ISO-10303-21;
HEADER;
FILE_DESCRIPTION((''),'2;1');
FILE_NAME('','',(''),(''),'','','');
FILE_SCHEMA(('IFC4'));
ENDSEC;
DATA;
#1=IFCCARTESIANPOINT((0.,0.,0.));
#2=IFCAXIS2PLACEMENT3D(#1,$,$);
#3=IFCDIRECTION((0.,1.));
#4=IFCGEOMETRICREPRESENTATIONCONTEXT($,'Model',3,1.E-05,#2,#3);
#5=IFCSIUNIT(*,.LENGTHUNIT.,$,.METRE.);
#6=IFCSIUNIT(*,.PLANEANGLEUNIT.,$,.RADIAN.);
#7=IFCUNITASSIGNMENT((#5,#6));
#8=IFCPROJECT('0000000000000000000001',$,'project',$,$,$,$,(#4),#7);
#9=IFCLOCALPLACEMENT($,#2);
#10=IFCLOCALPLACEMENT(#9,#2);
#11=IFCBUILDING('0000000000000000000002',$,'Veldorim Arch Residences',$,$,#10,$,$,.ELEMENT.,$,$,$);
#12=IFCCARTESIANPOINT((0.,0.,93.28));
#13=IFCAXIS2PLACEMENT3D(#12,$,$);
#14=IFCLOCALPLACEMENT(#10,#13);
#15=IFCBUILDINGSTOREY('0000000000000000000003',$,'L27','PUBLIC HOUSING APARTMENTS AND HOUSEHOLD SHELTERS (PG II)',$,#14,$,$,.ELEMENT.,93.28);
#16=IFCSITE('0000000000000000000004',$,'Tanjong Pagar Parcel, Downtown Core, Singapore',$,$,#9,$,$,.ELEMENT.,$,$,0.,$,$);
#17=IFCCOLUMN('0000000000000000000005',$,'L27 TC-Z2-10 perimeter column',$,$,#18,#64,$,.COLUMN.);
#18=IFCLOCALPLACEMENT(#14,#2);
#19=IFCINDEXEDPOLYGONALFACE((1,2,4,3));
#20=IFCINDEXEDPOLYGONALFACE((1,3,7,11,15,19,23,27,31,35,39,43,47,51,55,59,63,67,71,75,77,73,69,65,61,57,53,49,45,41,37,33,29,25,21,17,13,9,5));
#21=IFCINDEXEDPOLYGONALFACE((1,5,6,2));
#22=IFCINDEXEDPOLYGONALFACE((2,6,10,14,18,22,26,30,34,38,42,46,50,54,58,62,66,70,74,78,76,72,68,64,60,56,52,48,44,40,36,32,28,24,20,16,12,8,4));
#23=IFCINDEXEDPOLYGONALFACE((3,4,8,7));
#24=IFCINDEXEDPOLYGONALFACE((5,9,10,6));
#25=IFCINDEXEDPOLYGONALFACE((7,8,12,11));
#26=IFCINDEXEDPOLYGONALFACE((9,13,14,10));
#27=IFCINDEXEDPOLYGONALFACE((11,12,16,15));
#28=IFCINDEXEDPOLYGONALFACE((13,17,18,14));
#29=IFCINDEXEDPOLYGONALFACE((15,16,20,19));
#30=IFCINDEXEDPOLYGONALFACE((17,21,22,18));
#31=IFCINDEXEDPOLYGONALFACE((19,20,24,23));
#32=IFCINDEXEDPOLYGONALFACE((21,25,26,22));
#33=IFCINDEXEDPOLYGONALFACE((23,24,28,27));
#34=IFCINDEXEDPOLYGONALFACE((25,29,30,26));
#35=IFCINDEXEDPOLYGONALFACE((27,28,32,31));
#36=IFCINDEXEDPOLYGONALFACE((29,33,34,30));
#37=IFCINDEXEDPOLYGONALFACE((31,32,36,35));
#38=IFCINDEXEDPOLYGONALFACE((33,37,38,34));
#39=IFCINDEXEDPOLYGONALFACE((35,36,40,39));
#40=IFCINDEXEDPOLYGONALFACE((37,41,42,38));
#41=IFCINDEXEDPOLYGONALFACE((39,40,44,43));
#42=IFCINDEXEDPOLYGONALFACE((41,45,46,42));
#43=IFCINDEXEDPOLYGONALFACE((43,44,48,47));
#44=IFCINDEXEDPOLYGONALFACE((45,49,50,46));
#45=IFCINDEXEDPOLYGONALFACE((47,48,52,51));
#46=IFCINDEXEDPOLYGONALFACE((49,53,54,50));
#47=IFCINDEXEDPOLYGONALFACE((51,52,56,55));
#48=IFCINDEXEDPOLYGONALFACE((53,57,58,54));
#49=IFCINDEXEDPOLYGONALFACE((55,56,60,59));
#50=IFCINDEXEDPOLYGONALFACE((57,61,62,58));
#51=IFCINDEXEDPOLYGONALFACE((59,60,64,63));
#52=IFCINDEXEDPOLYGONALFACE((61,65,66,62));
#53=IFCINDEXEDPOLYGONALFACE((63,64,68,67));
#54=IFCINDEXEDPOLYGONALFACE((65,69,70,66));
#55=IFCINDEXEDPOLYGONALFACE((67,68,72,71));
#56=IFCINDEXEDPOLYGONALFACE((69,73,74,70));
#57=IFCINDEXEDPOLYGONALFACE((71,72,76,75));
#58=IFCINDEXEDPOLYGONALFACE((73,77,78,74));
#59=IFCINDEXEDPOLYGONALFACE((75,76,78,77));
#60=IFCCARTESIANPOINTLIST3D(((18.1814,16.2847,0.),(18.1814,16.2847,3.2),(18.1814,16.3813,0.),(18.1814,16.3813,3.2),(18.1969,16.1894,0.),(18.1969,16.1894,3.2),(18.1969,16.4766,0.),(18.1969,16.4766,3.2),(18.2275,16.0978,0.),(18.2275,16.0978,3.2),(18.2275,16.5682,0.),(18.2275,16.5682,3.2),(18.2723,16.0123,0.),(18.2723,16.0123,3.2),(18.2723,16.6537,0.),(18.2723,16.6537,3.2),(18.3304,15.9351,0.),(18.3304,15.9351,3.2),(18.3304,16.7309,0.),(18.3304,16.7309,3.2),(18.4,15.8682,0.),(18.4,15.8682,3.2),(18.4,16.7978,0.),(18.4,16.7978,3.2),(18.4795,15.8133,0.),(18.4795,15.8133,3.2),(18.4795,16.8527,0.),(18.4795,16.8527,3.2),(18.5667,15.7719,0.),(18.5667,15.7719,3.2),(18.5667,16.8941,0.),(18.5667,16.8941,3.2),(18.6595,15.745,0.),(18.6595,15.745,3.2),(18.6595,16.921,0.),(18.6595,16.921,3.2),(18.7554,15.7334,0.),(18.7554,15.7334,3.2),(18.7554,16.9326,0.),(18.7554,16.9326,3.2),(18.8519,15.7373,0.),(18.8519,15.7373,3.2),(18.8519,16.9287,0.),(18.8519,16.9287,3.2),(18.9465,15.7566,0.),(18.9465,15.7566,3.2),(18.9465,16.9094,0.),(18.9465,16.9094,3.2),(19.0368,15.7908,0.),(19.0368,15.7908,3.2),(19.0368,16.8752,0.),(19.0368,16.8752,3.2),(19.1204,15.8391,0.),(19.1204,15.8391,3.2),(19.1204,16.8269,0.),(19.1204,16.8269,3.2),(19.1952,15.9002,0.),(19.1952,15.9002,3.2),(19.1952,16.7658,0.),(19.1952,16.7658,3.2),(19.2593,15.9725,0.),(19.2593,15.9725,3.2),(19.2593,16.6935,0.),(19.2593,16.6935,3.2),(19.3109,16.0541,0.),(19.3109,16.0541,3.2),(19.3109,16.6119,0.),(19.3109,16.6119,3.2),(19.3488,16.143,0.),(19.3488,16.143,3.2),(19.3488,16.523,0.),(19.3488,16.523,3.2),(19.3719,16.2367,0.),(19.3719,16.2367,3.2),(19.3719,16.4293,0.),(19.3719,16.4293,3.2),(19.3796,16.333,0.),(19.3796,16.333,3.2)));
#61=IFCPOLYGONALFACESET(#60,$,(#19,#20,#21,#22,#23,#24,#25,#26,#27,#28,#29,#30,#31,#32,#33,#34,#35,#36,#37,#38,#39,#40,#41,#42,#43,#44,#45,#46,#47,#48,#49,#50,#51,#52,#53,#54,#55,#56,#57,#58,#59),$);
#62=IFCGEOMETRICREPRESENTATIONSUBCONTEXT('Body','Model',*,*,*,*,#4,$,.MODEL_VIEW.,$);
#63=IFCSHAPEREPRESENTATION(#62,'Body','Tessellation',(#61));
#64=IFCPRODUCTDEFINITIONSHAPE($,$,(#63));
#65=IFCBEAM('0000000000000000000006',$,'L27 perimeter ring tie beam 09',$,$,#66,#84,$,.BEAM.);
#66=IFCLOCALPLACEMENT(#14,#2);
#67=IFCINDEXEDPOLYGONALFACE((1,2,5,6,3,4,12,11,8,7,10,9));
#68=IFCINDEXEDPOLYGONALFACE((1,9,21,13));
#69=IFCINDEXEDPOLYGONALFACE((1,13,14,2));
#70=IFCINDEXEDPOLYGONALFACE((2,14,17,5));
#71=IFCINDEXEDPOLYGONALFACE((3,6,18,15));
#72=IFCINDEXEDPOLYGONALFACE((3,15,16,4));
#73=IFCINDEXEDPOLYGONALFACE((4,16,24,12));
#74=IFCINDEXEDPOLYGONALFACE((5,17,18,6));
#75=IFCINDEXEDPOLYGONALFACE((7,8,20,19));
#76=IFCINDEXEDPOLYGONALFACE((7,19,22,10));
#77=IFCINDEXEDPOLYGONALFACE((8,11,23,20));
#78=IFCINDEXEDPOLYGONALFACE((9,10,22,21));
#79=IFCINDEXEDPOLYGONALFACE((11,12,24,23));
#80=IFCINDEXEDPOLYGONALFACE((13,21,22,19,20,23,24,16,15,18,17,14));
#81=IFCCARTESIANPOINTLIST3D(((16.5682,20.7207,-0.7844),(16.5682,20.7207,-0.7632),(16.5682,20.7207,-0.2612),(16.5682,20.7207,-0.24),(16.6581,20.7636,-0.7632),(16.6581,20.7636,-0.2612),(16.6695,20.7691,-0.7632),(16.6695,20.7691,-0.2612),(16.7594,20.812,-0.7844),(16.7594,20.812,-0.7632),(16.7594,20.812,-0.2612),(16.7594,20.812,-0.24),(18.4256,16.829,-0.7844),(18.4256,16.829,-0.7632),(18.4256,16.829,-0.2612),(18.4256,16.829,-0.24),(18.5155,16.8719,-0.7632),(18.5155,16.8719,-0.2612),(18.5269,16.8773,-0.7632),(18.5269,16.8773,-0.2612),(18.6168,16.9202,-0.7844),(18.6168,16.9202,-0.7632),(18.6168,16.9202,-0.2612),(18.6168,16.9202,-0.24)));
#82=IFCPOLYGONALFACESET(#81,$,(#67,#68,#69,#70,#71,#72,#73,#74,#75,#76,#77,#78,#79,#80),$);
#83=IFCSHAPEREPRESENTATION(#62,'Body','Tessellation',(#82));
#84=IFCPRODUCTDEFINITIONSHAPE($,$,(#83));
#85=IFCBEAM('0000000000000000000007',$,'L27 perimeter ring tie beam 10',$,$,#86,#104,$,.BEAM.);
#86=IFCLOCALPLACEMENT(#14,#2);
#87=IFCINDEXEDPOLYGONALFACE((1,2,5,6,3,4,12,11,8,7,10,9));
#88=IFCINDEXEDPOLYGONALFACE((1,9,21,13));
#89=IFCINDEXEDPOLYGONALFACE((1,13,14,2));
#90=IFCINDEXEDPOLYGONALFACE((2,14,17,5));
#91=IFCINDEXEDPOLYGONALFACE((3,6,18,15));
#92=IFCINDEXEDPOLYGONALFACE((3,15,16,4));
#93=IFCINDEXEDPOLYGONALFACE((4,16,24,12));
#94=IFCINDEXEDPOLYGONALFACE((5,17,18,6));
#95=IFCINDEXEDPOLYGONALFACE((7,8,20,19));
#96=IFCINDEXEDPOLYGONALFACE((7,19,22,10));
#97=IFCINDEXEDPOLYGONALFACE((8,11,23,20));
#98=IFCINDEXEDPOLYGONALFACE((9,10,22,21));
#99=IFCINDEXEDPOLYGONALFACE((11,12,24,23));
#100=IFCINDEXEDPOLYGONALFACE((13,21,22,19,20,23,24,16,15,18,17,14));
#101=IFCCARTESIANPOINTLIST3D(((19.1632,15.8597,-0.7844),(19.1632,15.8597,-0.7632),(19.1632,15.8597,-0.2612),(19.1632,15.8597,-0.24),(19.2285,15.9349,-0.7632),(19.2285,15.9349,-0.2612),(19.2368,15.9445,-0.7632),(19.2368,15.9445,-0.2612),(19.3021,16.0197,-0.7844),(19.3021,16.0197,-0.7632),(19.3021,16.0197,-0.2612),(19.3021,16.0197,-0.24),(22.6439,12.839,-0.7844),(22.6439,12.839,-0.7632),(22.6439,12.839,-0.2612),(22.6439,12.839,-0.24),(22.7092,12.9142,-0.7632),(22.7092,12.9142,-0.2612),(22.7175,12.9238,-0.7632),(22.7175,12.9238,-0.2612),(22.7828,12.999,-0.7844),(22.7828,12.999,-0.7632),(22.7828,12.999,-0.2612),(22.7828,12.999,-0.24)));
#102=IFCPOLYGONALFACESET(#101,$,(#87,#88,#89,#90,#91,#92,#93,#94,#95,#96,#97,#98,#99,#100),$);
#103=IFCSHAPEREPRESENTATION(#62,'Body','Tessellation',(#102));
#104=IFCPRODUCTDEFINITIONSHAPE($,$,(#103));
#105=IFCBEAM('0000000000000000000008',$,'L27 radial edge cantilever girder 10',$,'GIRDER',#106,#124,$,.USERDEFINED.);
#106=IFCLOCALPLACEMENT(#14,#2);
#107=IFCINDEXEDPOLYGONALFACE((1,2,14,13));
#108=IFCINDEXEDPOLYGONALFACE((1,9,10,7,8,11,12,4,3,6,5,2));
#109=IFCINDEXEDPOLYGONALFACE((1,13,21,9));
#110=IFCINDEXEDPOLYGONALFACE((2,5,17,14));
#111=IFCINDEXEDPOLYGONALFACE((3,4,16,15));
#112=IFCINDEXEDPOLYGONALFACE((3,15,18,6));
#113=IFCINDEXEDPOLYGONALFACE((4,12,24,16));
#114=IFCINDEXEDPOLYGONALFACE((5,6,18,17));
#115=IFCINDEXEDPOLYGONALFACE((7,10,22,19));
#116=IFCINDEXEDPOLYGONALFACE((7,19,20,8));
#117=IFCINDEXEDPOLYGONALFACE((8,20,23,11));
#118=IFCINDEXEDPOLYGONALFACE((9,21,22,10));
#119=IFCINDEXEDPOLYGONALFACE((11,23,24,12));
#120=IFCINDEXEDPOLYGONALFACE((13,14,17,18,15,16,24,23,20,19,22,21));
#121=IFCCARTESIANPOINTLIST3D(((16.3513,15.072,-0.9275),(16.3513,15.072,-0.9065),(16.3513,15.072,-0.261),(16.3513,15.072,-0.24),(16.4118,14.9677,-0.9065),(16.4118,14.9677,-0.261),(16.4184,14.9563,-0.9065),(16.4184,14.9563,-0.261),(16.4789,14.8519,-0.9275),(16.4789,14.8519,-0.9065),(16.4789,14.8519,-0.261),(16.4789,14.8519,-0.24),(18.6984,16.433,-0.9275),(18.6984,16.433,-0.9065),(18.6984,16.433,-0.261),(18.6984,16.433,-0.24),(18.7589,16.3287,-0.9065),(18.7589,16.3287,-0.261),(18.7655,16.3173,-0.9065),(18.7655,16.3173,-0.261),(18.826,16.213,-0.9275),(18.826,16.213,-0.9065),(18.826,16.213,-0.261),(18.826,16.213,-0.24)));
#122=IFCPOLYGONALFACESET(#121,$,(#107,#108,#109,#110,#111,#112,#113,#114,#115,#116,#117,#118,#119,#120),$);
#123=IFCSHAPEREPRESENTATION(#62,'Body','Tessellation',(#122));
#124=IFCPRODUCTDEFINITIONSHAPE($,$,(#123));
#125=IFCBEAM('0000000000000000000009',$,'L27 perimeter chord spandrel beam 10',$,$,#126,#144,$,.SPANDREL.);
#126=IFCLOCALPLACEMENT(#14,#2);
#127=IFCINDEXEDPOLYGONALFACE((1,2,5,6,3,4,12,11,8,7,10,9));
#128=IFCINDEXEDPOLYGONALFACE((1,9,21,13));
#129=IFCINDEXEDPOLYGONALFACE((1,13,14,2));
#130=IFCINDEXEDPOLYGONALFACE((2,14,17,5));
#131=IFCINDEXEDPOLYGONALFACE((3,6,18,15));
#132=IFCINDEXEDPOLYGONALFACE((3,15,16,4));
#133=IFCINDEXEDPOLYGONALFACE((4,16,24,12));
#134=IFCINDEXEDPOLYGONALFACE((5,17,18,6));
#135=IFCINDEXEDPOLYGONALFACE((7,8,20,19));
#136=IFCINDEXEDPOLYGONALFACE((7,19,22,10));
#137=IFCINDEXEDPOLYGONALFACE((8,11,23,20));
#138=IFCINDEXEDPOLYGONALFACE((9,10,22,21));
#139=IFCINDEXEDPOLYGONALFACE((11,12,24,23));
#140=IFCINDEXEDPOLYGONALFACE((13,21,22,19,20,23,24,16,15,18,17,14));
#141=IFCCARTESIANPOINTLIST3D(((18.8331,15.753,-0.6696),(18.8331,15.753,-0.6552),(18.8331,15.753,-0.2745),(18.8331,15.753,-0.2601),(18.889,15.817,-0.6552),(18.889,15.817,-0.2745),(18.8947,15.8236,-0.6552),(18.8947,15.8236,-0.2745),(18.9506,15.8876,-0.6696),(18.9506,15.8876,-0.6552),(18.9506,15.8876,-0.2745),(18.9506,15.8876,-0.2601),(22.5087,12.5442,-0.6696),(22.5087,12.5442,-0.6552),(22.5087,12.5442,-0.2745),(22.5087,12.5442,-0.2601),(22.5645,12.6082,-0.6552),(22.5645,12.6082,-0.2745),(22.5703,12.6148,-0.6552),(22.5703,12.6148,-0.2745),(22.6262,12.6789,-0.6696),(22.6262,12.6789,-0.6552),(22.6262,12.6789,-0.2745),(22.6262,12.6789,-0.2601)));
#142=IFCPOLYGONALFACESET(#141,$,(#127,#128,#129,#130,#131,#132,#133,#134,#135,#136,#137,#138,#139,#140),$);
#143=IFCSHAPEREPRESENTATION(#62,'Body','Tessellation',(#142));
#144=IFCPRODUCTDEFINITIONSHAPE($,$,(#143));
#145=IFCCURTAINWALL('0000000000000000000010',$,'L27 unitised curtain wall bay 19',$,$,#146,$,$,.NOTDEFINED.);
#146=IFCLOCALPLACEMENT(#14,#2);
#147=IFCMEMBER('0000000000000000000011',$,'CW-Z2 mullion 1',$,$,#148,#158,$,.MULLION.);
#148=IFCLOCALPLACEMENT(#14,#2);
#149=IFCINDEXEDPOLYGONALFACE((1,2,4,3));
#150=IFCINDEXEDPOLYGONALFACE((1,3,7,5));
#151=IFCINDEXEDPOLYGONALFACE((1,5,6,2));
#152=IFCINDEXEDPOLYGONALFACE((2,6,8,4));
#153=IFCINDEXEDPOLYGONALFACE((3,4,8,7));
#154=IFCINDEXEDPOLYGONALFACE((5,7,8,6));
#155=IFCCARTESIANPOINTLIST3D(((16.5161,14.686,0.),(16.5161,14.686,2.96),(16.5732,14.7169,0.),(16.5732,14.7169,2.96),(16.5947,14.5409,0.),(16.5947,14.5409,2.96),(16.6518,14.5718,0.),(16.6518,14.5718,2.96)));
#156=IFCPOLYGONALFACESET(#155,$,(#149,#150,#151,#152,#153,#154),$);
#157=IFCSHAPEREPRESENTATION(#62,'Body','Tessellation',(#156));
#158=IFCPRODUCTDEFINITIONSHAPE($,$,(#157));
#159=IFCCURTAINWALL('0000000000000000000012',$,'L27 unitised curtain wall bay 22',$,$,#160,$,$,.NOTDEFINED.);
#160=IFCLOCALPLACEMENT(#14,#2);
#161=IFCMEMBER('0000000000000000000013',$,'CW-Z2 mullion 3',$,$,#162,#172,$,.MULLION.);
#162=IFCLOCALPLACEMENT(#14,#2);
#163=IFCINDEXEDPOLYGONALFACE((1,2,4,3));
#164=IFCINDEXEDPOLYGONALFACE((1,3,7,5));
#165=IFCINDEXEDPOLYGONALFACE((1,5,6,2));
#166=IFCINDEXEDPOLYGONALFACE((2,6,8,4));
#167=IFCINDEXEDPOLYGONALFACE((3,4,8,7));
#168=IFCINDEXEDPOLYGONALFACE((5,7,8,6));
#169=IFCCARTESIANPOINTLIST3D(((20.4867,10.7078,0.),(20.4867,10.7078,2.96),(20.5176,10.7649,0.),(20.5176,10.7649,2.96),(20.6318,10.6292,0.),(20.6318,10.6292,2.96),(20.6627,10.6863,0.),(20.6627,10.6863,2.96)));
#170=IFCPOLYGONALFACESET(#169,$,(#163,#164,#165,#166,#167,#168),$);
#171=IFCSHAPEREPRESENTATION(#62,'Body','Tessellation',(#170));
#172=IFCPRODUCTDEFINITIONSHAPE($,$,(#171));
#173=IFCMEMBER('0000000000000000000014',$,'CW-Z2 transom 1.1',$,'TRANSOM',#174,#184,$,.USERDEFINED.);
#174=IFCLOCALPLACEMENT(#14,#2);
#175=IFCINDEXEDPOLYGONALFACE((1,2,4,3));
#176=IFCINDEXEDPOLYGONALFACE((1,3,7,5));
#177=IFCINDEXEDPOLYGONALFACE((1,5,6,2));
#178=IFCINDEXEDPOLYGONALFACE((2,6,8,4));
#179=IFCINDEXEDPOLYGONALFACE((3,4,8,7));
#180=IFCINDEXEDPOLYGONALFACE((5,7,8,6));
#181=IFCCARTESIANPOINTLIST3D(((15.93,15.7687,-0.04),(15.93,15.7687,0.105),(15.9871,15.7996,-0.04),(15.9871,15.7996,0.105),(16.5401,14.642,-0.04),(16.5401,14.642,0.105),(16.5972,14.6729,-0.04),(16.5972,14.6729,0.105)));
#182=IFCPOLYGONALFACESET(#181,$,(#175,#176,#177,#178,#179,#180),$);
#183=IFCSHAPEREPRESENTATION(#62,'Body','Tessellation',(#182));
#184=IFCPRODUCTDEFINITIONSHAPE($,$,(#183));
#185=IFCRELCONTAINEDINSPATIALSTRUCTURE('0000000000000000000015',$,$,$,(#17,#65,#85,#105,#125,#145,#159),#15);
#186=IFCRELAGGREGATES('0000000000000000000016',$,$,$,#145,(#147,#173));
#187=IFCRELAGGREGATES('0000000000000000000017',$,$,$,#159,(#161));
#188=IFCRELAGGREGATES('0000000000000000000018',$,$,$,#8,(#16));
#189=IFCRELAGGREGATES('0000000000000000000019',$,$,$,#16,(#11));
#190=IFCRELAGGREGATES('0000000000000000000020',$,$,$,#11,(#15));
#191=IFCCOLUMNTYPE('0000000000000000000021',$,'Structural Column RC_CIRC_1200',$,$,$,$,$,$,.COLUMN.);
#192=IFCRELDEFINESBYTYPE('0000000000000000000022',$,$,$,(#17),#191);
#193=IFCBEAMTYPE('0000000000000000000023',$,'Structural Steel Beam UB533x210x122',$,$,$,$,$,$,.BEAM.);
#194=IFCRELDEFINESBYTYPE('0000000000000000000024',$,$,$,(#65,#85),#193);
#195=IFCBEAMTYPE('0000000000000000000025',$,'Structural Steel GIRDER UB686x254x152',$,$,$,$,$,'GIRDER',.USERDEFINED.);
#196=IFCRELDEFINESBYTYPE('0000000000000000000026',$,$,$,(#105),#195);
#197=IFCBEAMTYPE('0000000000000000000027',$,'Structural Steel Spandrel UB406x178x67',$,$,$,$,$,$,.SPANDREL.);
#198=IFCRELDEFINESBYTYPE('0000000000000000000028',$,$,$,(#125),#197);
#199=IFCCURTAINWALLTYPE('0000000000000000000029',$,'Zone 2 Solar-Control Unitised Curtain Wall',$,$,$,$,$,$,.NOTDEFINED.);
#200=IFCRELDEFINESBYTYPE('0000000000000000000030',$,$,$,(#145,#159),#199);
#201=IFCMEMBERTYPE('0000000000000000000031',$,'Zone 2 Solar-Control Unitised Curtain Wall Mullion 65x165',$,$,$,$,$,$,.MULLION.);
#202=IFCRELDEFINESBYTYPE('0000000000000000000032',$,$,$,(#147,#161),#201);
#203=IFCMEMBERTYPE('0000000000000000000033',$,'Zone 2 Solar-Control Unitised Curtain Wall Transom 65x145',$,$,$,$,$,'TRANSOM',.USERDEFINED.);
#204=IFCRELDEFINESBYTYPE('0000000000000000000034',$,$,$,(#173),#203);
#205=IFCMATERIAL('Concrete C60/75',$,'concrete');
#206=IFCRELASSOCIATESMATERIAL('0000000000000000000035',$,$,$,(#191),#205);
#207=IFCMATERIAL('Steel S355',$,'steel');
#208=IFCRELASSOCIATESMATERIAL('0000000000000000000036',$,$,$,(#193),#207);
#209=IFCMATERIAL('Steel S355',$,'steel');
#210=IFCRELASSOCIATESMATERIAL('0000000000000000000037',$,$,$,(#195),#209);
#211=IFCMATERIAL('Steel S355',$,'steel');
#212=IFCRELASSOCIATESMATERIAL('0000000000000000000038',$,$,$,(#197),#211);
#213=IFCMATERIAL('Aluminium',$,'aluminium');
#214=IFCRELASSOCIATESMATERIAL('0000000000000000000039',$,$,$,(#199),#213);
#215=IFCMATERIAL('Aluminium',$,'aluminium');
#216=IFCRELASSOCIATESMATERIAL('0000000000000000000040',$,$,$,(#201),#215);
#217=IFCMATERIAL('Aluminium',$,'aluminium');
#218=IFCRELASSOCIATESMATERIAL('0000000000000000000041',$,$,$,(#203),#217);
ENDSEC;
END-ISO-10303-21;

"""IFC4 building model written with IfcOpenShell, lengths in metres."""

from ifc_helpers import new_model, si_unit, direction, frame, origin, origin_2d, place, context, subcontext, project, spatial, rectangle, circle, i_section, extrude, material, material_profile, profile_set, type_object, element, aggregate, save


model = new_model("IFC4")

# Units and contexts
model_context = context("Model", 3, precision=1e-05, world=origin(), true_north=direction((0.0, 1.0)))
body_context = subcontext(model_context, "Body", "Model", "MODEL_VIEW")
ifc_project = project(units=[si_unit("LENGTHUNIT", "METRE"), si_unit("PLANEANGLEUNIT", "RADIAN")], contexts=[model_context])

# Site, building, storey
site_placement = place(None, origin())
site = spatial("IfcSite", under=ifc_project, at=site_placement, Name="Tanjong Pagar Parcel, Downtown Core, Singapore", CompositionType="ELEMENT", RefElevation=0.0)
building_placement = place(site_placement, origin())
building = spatial("IfcBuilding", under=site, at=building_placement, Name="Veldorim Arch Residences", CompositionType="ELEMENT")
storey_placement = place(building_placement, frame((0.0, 0.0, 93.28)))
storey = spatial("IfcBuildingStorey", under=building, at=storey_placement, Name="L27", Description="PUBLIC HOUSING APARTMENTS AND HOUSEHOLD SHELTERS (PG II)", CompositionType="ELEMENT", Elevation=93.28)

# Column
ifc_material_1 = material(Name="Concrete C60/75", Category="concrete")
ifc_material_profile_1 = material_profile(ifc_material_1, circle(Radius=0.6001, at=origin_2d()), Name="RC_CIRC_1200")
ifc_profile_set_1 = profile_set([ifc_material_profile_1], Name="Concrete C60/75")
column_type = type_object("IfcColumnType", Name="Structural Column RC_CIRC_1200", PredefinedType="COLUMN", material=ifc_profile_set_1)
column_placement = place(storey_placement, frame((18.7795, 16.333, 0.0), z_axis=(0.0, 0.0, 1.0), x_axis=(1.0, 0.0, 0.0)))
element("IfcColumn", 1, at=column_placement, inside=storey, type_object=column_type, Name="L27 TC-Z2-10 perimeter column", PredefinedType="COLUMN", context=body_context, shape_type="SweptSolid", body=[
    extrude(circle(Radius=0.6001, at=origin_2d()), origin(), (0.0, 0.0, 1.0), 3.2),
])

# Beams
ifc_material_2 = material(Name="Steel S355", Category="steel")
ifc_material_profile_2 = material_profile(ifc_material_2, i_section(OverallWidth=0.2119, OverallDepth=0.5444, WebThickness=0.0127, FlangeThickness=0.0212, at=origin_2d()), Name="UB533x210x122")
ifc_profile_set_2 = profile_set([ifc_material_profile_2], Name="Steel S355")
beam_type_1 = type_object("IfcBeamType", Name="Structural Steel Beam UB533x210x122", PredefinedType="BEAM", material=ifc_profile_set_2)
beam_1_placement = place(storey_placement, frame((16.6638, 20.7664, -0.5122), z_axis=(0.43072, -0.902486, 0.0), x_axis=(0.902486, 0.43072, 0.0)))
element("IfcBeam", 2, at=beam_1_placement, inside=storey, type_object=beam_type_1, Name="L27 perimeter ring tie beam 09", PredefinedType="BEAM", context=body_context, shape_type="SweptSolid", body=[
    extrude(i_section(OverallWidth=0.2119, OverallDepth=0.5444, WebThickness=0.0127, FlangeThickness=0.0212, at=origin_2d()), origin(), (0.0, 0.0, 1.0), 4.3123),
])
beam_2_placement = place(storey_placement, frame((19.2327, 15.9397, -0.5122), z_axis=(0.755245, -0.655443, 0.0), x_axis=(0.655443, 0.755245, 0.0)))
element("IfcBeam", 3, at=beam_2_placement, inside=storey, type_object=beam_type_1, Name="L27 perimeter ring tie beam 10", PredefinedType="BEAM", context=body_context, shape_type="SweptSolid", body=[
    extrude(i_section(OverallWidth=0.2119, OverallDepth=0.5444, WebThickness=0.0127, FlangeThickness=0.0212, at=origin_2d()), origin(), (0.0, 0.0, 1.0), 4.6086),
])
ifc_material_3 = material(Name="Steel S355", Category="steel")
ifc_material_profile_3 = material_profile(ifc_material_3, i_section(OverallWidth=0.2544, OverallDepth=0.6875, WebThickness=0.0132, FlangeThickness=0.021, at=origin_2d()), Name="UB686x254x152")
ifc_profile_set_3 = profile_set([ifc_material_profile_3], Name="Steel S355")
beam_type_2 = type_object("IfcBeamType", Name="Structural Steel GIRDER UB686x254x152", ElementType="GIRDER", PredefinedType="USERDEFINED", material=ifc_profile_set_3)
beam_3_placement = place(storey_placement, frame((18.7622, 16.323, -0.5837), z_axis=(-0.865075, -0.501643, 0.0), x_axis=(0.501643, -0.865075, 0.0)))
element("IfcBeam", 4, at=beam_3_placement, inside=storey, type_object=beam_type_2, Name="L27 radial edge cantilever girder 10", ObjectType="GIRDER", PredefinedType="USERDEFINED", context=body_context, shape_type="SweptSolid", body=[
    extrude(i_section(OverallWidth=0.2544, OverallDepth=0.6875, WebThickness=0.0132, FlangeThickness=0.021, at=origin_2d()), origin(), (0.0, 0.0, 1.0), 2.7131),
])
ifc_material_4 = material(Name="Steel S355", Category="steel")
ifc_material_profile_4 = material_profile(ifc_material_4, i_section(OverallWidth=0.1787, OverallDepth=0.4094, WebThickness=0.0088, FlangeThickness=0.0144, at=origin_2d()), Name="UB406x178x67")
ifc_profile_set_4 = profile_set([ifc_material_profile_4], Name="Steel S355")
beam_type_3 = type_object("IfcBeamType", Name="Structural Steel Spandrel UB406x178x67", PredefinedType="SPANDREL", material=ifc_profile_set_4)
beam_4_placement = place(storey_placement, frame((18.8918, 15.8203, -0.4648), z_axis=(0.753323, -0.65765, 0.0), x_axis=(0.65765, 0.753323, 0.0)))
element("IfcBeam", 5, at=beam_4_placement, inside=storey, type_object=beam_type_3, Name="L27 perimeter chord spandrel beam 10", PredefinedType="SPANDREL", context=body_context, shape_type="SweptSolid", body=[
    extrude(i_section(OverallWidth=0.1787, OverallDepth=0.4094, WebThickness=0.0088, FlangeThickness=0.0144, at=origin_2d()), origin(), (0.0, 0.0, 1.0), 4.8792),
])

# Curtain walls, members
ifc_material_5 = material(Name="Aluminium", Category="aluminium")
curtain_wall_type = type_object("IfcCurtainWallType", Name="Zone 2 Solar-Control Unitised Curtain Wall", PredefinedType="NOTDEFINED", material=ifc_material_5)
curtain_wall_1_placement = place(storey_placement, origin())
curtain_wall_1 = element("IfcCurtainWall", 6, at=curtain_wall_1_placement, inside=storey, type_object=curtain_wall_type, Name="L27 unitised curtain wall bay 19", PredefinedType="NOTDEFINED")
ifc_material_6 = material(Name="Aluminium", Category="aluminium")
ifc_material_profile_5 = material_profile(ifc_material_6, rectangle(XDim=0.0649, YDim=0.165, at=origin_2d()), Name="ALU_MUL_65x165")
ifc_profile_set_5 = profile_set([ifc_material_profile_5], Name="Aluminium")
member_type_1 = type_object("IfcMemberType", Name="Zone 2 Solar-Control Unitised Curtain Wall Mullion 65x165", PredefinedType="MULLION", material=ifc_profile_set_5)
member_1_placement = place(storey_placement, frame((16.584, 14.6289, 0.0), z_axis=(0.0, 0.0, 1.0), x_axis=(-0.879366, -0.476146, 0.0)))
member_1 = element("IfcMember", 7, at=member_1_placement, type_object=member_type_1, Name="CW-Z2 mullion 1", PredefinedType="MULLION", context=body_context, shape_type="SweptSolid", body=[
    extrude(rectangle(XDim=0.0649, YDim=0.165, at=origin_2d()), origin(), (0.0, 0.0, 1.0), 2.96),
])
curtain_wall_2_placement = place(storey_placement, origin())
curtain_wall_2 = element("IfcCurtainWall", 8, at=curtain_wall_2_placement, inside=storey, type_object=curtain_wall_type, Name="L27 unitised curtain wall bay 22", PredefinedType="NOTDEFINED")
member_2_placement = place(storey_placement, frame((20.5747, 10.697, 0.0), z_axis=(0.0, 0.0, 1.0), x_axis=(-0.476096, -0.879393, 0.0)))
member_2 = element("IfcMember", 9, at=member_2_placement, type_object=member_type_1, Name="CW-Z2 mullion 3", PredefinedType="MULLION", context=body_context, shape_type="SweptSolid", body=[
    extrude(rectangle(XDim=0.0649, YDim=0.165, at=origin_2d()), origin(), (0.0, 0.0, 1.0), 2.96),
])

# Member
ifc_material_7 = material(Name="Aluminium", Category="aluminium")
ifc_material_profile_6 = material_profile(ifc_material_7, rectangle(XDim=0.0649, YDim=0.145, at=origin_2d()), Name="ALU_TRN_65x145")
ifc_profile_set_6 = profile_set([ifc_material_profile_6], Name="Aluminium")
member_type_2 = type_object("IfcMemberType", Name="Zone 2 Solar-Control Unitised Curtain Wall Transom 65x145", ElementType="TRANSOM", PredefinedType="USERDEFINED", material=ifc_profile_set_6)
member_3_placement = place(storey_placement, frame((16.5686, 14.6575, 0.0325), z_axis=(-0.476167, 0.879355, 0.0), x_axis=(-0.879355, -0.476167, 0.0)))
member_3 = element("IfcMember", 10, at=member_3_placement, type_object=member_type_2, Name="CW-Z2 transom 1.1", ObjectType="TRANSOM", PredefinedType="USERDEFINED", context=body_context, shape_type="SweptSolid", body=[
    extrude(rectangle(XDim=0.0649, YDim=0.145, at=origin_2d()), origin(), (0.0, 0.0, 1.0), 1.2812),
])
aggregate(curtain_wall_1, [member_1, member_3])

aggregate(curtain_wall_2, [member_2])

save(model, "model.ifc")
